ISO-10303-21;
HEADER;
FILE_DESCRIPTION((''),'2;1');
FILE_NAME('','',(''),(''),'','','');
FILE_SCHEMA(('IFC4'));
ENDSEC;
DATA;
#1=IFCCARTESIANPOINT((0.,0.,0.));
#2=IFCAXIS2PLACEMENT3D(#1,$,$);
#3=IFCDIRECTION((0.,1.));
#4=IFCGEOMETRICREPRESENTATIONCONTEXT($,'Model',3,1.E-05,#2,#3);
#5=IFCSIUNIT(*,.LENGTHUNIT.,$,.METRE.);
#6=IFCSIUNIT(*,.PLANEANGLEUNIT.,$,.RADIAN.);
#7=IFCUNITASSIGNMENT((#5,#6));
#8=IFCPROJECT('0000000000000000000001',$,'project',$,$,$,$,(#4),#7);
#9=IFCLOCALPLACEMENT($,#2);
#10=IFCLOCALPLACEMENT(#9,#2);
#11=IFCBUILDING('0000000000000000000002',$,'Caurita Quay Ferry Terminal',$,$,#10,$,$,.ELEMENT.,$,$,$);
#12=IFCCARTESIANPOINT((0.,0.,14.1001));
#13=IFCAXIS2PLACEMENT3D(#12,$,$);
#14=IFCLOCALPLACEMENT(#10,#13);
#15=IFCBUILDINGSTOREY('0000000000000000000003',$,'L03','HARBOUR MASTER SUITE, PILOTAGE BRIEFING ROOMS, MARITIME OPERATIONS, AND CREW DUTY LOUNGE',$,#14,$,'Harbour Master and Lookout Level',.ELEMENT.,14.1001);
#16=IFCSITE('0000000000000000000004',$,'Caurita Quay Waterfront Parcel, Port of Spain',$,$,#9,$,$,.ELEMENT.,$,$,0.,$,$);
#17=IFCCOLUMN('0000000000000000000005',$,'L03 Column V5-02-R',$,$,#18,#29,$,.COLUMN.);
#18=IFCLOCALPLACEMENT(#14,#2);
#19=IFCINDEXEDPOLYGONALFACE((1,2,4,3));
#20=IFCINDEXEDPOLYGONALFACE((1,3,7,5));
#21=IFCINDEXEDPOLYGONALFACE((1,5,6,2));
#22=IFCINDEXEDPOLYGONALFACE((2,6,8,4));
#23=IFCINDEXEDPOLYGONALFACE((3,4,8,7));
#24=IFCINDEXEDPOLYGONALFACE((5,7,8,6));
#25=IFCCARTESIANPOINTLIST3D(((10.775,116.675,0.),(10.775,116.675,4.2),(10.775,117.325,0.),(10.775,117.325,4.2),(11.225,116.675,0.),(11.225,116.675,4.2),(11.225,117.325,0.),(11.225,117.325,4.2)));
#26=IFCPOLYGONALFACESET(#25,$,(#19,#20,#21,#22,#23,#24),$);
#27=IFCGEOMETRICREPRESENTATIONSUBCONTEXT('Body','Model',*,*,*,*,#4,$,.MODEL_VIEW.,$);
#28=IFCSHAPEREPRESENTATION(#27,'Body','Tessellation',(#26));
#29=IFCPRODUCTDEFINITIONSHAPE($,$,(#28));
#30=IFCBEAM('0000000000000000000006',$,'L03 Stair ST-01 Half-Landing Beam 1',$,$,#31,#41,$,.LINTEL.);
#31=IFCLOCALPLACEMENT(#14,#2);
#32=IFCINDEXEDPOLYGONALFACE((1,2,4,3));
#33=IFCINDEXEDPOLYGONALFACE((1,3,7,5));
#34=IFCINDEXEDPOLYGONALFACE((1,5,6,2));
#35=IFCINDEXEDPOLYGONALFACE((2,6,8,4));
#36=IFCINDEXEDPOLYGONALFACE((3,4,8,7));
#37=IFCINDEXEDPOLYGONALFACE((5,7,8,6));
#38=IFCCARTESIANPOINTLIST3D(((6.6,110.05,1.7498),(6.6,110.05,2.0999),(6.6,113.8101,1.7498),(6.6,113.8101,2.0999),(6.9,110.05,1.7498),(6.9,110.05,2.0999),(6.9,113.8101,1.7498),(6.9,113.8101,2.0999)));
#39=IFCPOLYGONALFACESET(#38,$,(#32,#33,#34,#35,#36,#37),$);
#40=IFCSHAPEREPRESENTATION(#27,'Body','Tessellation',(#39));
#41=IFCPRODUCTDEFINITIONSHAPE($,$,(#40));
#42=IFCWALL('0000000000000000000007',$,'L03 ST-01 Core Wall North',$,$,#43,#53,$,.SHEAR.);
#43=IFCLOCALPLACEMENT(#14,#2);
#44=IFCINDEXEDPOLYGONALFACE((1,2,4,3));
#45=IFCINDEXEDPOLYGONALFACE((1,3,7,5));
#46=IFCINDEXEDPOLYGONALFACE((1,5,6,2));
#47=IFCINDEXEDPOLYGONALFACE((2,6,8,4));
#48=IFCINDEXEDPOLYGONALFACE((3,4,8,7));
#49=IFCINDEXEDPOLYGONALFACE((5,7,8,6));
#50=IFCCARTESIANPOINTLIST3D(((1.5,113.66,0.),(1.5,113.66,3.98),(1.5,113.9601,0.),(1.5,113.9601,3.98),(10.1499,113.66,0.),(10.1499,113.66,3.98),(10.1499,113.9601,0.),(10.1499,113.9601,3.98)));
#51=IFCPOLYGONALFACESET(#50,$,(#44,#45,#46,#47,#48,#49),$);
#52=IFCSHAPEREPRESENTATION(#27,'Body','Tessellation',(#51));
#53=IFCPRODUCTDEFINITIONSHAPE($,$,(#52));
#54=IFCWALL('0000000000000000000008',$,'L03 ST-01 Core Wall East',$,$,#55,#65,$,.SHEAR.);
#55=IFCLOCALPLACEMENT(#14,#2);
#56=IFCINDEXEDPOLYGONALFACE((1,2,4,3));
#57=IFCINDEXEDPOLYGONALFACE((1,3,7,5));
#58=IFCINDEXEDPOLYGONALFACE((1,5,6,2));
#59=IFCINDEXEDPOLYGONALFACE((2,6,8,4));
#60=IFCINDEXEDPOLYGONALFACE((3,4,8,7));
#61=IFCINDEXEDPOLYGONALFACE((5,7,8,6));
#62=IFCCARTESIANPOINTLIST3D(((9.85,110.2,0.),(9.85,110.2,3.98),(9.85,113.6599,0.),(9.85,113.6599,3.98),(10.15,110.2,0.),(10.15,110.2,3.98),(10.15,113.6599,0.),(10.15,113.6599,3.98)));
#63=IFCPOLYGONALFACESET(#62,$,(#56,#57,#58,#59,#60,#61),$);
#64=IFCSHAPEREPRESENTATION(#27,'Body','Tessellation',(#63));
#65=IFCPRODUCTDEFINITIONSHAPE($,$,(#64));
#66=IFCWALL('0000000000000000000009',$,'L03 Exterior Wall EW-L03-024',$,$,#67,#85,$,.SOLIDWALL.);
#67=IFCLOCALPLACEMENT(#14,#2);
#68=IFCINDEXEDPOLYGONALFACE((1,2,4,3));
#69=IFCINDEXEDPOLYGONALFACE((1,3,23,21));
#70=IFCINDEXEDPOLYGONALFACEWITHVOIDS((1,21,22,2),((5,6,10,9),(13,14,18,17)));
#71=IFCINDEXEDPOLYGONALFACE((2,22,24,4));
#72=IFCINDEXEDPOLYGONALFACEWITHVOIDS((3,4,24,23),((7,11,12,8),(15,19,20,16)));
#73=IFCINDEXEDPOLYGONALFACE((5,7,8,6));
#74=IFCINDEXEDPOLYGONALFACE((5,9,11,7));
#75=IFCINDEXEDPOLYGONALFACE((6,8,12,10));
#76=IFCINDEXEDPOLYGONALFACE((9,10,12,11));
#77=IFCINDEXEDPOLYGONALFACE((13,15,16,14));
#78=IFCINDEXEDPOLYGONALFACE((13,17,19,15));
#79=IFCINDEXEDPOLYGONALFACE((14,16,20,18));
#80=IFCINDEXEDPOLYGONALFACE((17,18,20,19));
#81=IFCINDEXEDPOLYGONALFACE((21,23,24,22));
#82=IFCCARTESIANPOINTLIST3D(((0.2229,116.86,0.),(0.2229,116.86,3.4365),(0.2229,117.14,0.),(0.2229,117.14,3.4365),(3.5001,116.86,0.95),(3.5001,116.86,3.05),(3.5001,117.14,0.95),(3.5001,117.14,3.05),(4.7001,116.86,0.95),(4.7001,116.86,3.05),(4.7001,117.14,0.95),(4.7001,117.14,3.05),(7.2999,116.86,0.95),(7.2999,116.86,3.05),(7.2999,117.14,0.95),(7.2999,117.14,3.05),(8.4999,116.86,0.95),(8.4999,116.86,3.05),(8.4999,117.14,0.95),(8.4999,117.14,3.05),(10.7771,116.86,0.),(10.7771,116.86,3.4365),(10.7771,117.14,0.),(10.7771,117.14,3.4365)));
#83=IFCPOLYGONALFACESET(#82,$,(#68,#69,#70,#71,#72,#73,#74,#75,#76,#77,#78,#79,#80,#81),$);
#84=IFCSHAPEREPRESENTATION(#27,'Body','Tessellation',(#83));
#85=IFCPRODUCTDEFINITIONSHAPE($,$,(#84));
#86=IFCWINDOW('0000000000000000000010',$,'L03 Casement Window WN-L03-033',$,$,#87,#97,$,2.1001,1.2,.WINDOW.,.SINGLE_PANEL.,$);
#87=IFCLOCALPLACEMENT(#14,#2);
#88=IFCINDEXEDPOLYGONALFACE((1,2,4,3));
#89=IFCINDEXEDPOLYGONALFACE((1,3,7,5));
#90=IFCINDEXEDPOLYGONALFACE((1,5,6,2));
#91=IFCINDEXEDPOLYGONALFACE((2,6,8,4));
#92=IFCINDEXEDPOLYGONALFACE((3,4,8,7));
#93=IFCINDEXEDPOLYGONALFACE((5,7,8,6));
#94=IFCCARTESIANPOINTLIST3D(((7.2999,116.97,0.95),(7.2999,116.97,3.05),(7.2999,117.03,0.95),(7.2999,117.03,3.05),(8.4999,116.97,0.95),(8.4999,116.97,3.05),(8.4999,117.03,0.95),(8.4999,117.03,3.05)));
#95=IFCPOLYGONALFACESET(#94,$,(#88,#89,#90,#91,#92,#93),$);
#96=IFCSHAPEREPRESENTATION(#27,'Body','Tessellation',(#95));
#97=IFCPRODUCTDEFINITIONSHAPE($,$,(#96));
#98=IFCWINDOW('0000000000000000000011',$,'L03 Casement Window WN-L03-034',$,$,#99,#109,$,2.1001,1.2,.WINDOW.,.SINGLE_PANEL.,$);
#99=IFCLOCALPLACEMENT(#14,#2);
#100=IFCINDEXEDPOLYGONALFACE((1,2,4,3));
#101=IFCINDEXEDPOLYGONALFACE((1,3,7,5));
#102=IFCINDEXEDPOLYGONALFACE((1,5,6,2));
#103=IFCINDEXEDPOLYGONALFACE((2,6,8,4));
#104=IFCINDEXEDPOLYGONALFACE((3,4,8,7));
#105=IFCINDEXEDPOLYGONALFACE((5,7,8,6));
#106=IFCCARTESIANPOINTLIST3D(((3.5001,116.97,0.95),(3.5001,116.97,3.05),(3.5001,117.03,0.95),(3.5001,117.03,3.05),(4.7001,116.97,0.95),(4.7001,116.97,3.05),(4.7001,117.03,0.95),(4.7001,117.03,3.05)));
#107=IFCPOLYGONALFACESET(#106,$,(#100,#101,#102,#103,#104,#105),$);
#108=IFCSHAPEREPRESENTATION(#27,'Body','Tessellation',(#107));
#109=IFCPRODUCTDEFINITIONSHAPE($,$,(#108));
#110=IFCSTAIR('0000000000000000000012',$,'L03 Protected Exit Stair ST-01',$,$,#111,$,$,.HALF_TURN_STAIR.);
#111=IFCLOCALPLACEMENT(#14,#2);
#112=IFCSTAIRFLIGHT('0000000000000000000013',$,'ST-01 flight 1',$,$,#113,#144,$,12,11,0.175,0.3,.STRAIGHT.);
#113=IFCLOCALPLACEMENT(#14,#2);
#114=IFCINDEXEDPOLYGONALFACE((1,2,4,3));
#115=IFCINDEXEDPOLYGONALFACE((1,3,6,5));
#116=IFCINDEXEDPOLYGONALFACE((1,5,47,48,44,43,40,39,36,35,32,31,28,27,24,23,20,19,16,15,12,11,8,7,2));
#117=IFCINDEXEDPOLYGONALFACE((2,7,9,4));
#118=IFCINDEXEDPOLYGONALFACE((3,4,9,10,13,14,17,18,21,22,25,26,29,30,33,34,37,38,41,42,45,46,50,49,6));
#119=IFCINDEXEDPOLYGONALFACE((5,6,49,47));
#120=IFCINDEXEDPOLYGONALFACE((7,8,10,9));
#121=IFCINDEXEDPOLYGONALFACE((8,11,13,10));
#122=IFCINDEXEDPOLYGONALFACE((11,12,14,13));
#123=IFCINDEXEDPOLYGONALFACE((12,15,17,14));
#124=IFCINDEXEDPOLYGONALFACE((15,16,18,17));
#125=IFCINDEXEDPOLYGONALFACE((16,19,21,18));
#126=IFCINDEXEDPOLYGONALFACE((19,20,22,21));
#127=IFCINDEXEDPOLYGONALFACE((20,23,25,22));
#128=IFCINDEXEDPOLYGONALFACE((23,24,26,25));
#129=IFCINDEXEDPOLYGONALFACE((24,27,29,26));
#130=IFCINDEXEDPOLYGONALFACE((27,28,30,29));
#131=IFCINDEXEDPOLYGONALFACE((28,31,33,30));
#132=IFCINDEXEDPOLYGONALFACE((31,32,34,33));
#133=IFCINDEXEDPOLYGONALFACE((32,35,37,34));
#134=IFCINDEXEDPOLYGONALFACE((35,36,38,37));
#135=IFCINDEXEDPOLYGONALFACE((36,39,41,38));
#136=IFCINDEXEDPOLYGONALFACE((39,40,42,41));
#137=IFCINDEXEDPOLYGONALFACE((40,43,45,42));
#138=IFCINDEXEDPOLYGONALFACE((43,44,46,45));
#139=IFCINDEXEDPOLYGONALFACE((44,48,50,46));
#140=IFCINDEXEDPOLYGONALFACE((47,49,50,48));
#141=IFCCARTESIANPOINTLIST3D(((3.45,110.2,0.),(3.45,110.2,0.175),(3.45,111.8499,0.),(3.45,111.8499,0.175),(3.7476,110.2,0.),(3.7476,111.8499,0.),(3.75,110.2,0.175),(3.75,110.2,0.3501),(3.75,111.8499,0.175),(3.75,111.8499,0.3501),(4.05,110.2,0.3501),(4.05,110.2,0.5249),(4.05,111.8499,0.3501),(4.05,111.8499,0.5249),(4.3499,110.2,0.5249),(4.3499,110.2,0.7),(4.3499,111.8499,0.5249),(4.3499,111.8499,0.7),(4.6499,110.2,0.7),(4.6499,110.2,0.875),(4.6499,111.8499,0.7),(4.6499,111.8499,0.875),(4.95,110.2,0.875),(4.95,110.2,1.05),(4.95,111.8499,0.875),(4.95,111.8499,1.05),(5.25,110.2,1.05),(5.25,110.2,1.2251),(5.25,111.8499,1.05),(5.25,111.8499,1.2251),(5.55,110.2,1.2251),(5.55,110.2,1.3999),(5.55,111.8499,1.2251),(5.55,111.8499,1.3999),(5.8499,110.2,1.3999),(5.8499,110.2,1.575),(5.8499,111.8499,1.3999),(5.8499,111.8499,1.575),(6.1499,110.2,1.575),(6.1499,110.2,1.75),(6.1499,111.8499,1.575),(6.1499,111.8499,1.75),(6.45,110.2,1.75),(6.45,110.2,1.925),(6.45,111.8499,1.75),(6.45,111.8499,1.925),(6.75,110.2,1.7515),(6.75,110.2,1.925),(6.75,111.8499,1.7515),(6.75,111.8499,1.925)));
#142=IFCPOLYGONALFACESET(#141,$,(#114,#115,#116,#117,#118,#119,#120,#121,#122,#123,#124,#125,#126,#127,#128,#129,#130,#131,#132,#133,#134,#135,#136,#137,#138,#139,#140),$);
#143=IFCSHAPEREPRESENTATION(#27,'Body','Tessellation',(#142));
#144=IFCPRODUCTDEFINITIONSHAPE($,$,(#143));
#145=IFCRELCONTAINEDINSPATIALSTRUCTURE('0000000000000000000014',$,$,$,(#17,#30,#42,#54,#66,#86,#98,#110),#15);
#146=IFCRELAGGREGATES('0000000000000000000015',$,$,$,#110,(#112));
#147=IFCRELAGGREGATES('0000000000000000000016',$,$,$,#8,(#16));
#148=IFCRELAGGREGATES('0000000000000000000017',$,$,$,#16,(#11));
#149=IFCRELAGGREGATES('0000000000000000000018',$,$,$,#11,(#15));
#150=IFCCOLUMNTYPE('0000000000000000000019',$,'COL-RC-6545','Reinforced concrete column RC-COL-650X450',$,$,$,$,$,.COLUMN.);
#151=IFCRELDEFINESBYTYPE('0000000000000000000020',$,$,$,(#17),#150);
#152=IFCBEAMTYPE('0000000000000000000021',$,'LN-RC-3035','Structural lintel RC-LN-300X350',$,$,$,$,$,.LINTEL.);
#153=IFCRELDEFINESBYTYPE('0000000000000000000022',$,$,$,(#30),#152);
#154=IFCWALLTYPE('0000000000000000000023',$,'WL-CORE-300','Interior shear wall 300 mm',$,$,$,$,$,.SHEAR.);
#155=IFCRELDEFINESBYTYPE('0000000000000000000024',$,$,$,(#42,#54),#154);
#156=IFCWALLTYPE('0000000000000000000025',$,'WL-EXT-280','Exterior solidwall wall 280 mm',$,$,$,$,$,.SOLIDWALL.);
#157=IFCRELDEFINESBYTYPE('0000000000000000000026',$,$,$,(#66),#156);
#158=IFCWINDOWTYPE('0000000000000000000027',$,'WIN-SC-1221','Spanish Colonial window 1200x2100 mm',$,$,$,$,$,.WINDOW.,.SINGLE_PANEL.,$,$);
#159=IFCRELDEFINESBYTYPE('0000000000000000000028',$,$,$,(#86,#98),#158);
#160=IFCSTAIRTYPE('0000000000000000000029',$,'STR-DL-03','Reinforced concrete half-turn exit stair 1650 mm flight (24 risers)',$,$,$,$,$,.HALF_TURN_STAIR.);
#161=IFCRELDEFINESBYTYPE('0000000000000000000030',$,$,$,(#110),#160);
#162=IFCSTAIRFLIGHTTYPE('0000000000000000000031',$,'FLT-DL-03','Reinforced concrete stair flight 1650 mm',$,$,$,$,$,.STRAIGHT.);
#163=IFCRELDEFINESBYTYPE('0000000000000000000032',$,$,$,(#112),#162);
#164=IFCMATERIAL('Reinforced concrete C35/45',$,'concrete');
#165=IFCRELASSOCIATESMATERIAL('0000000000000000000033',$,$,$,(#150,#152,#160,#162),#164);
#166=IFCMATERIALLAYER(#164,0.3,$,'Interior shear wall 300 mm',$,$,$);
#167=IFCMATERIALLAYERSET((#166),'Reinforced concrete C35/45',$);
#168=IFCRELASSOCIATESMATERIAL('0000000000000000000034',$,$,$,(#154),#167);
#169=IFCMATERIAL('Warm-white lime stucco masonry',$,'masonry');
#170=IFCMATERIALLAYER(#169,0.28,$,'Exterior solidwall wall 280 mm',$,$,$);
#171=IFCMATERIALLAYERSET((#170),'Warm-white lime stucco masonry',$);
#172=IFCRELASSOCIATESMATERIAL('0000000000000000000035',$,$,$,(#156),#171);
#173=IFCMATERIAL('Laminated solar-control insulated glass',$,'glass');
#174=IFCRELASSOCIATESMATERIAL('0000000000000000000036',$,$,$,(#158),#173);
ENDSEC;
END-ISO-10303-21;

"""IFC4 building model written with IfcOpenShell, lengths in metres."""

from ifc_helpers import new_model, si_unit, direction, frame, frame_2d, origin, origin_2d, place, context, subcontext, project, spatial, polyline, rectangle, outline, extrude, material, layer, layer_set, material_profile, profile_set, type_object, element, fill, aggregate, save


model = new_model("IFC4")

# Units and contexts
model_context = context("Model", 3, precision=1e-05, world=origin(), true_north=direction((0.0, 1.0)))
body_context = subcontext(model_context, "Body", "Model", "MODEL_VIEW")
ifc_project = project(units=[si_unit("LENGTHUNIT", "METRE"), si_unit("PLANEANGLEUNIT", "RADIAN")], contexts=[model_context])

# Site, building, storey
site_placement = place(None, origin())
site = spatial("IfcSite", under=ifc_project, at=site_placement, Name="Caurita Quay Waterfront Parcel, Port of Spain", CompositionType="ELEMENT", RefElevation=0.0)
building_placement = place(site_placement, origin())
building = spatial("IfcBuilding", under=site, at=building_placement, Name="Caurita Quay Ferry Terminal", CompositionType="ELEMENT")
storey_placement = place(building_placement, frame((0.0, 0.0, 14.1001)))
storey = spatial("IfcBuildingStorey", under=building, at=storey_placement, Name="L03", Description="HARBOUR MASTER SUITE, PILOTAGE BRIEFING ROOMS, MARITIME OPERATIONS, AND CREW DUTY LOUNGE", LongName="Harbour Master and Lookout Level", CompositionType="ELEMENT", Elevation=14.1001)

# Column
ifc_material_1 = material(Name="Reinforced concrete C35/45", Category="concrete")
ifc_material_profile_1 = material_profile(ifc_material_1, rectangle(XDim=0.45, YDim=0.6499, at=origin_2d()), Name="RC-COL-650X450")
ifc_profile_set_1 = profile_set([ifc_material_profile_1], Name="Reinforced concrete C35/45")
column_type = type_object("IfcColumnType", Name="COL-RC-6545", Description="Reinforced concrete column RC-COL-650X450", PredefinedType="COLUMN", material=ifc_profile_set_1)
column_placement = place(storey_placement, frame((11.0, 117.0, 0.0), z_axis=(0.0, 0.0, 1.0), x_axis=(1.0, 0.0, 0.0)))
element("IfcColumn", 1, at=column_placement, inside=storey, type_object=column_type, Name="L03 Column V5-02-R", PredefinedType="COLUMN", context=body_context, shape_type="SweptSolid", body=[
    extrude(rectangle(XDim=0.45, YDim=0.6499, at=origin_2d()), origin(), (0.0, 0.0, 1.0), 4.2),
])

# Beam
ifc_material_profile_2 = material_profile(ifc_material_1, rectangle(XDim=0.3, YDim=0.3501, at=origin_2d()), Name="RC-LN-300X350")
ifc_profile_set_2 = profile_set([ifc_material_profile_2], Name="Reinforced concrete C35/45")
beam_type = type_object("IfcBeamType", Name="LN-RC-3035", Description="Structural lintel RC-LN-300X350", PredefinedType="LINTEL", material=ifc_profile_set_2)
beam_placement = place(storey_placement, frame((6.75, 110.05, 1.9248), z_axis=(0.0, 1.0, 0.0), x_axis=(-1.0, 0.0, 0.0)))
element("IfcBeam", 2, at=beam_placement, inside=storey, type_object=beam_type, Name="L03 Stair ST-01 Half-Landing Beam 1", PredefinedType="LINTEL", context=body_context, shape_type="SweptSolid", body=[
    extrude(rectangle(XDim=0.3, YDim=0.3501, at=origin_2d()), origin(), (0.0, 0.0, 1.0), 3.76),
])

# Walls
ifc_layer_1 = layer(ifc_material_1, 0.3, Name="Interior shear wall 300 mm")
ifc_layer_set_1 = layer_set([ifc_layer_1], Name="Reinforced concrete C35/45")
wall_type_1 = type_object("IfcWallType", Name="WL-CORE-300", Description="Interior shear wall 300 mm", PredefinedType="SHEAR", material=ifc_layer_set_1)
wall_1_placement = place(storey_placement, frame((10.1499, 113.8101, 0.0), z_axis=(0.0, 0.0, 1.0), x_axis=(-1.0, 0.0, 0.0)))
element("IfcWall", 3, at=wall_1_placement, inside=storey, type_object=wall_type_1, Name="L03 ST-01 Core Wall North", PredefinedType="SHEAR", context=body_context, shape_type="SweptSolid", body=[
    extrude(rectangle(XDim=8.6499, YDim=0.3, at=frame_2d((4.325, 0.0))), origin(), (0.0, 0.0, 1.0), 3.98),
])
wall_2_placement = place(storey_placement, frame((10.0, 110.2, 0.0), z_axis=(0.0, 0.0, 1.0), x_axis=(0.0, 1.0, 0.0)))
element("IfcWall", 4, at=wall_2_placement, inside=storey, type_object=wall_type_1, Name="L03 ST-01 Core Wall East", PredefinedType="SHEAR", context=body_context, shape_type="SweptSolid", body=[
    extrude(rectangle(XDim=3.46, YDim=0.3, at=frame_2d((1.73, 0.0))), origin(), (0.0, 0.0, 1.0), 3.98),
])

# Wall, openings, windows
ifc_material_2 = material(Name="Warm-white lime stucco masonry", Category="masonry")
ifc_layer_2 = layer(ifc_material_2, 0.28, Name="Exterior solidwall wall 280 mm")
ifc_layer_set_2 = layer_set([ifc_layer_2], Name="Warm-white lime stucco masonry")
wall_type_2 = type_object("IfcWallType", Name="WL-EXT-280", Description="Exterior solidwall wall 280 mm", PredefinedType="SOLIDWALL", material=ifc_layer_set_2)
wall_3_placement = place(storey_placement, frame((10.7771, 117.0, 0.0), z_axis=(0.0, 0.0, 1.0), x_axis=(-1.0, 0.0, 0.0)))
wall_3 = element("IfcWall", 5, at=wall_3_placement, inside=storey, type_object=wall_type_2, Name="L03 Exterior Wall EW-L03-024", PredefinedType="SOLIDWALL", context=body_context, shape_type="SweptSolid", body=[
    extrude(rectangle(XDim=10.5542, YDim=0.28, at=frame_2d((5.2771, 0.0))), origin(), (0.0, 0.0, 1.0), 3.4365),
])
opening_1_placement = place(wall_3_placement, frame((2.2771, 0.0, 0.95)))
opening_1 = element("IfcOpeningElement", 6, at=opening_1_placement, cuts=wall_3, PredefinedType="OPENING", context=body_context, shape_type="SweptSolid", body=[
    extrude(rectangle(XDim=1.2, YDim=2.1001, at=frame_2d((0.6001, 1.05))), frame((0.0, 0.1499, 0.0), z_axis=(0.0, -1.0, 0.0), x_axis=(1.0, 0.0, 0.0)), (0.0, 0.0, 1.0), 0.3),
])
opening_2_placement = place(wall_3_placement, frame((6.0769, 0.0, 0.95)))
opening_2 = element("IfcOpeningElement", 7, at=opening_2_placement, cuts=wall_3, PredefinedType="OPENING", context=body_context, shape_type="SweptSolid", body=[
    extrude(rectangle(XDim=1.2, YDim=2.1001, at=frame_2d((0.6001, 1.05))), frame((0.0, 0.1499, 0.0), z_axis=(0.0, -1.0, 0.0), x_axis=(1.0, 0.0, 0.0)), (0.0, 0.0, 1.0), 0.3),
])
ifc_material_3 = material(Name="Laminated solar-control insulated glass", Category="glass")
window_type = type_object("IfcWindowType", Name="WIN-SC-1221", Description="Spanish Colonial window 1200x2100 mm", PartitioningType="SINGLE_PANEL", PredefinedType="WINDOW", material=ifc_material_3)
window_1_placement = place(opening_1_placement, origin())
window_1 = element("IfcWindow", 8, at=window_1_placement, inside=storey, type_object=window_type, Name="L03 Casement Window WN-L03-033", OverallHeight=2.1001, OverallWidth=1.2, PartitioningType="SINGLE_PANEL", PredefinedType="WINDOW", context=body_context, shape_type="SweptSolid", body=[
    extrude(rectangle(XDim=1.2, YDim=2.1001, at=frame_2d((0.6001, 1.05))), frame((0.0, 0.03, 0.0), z_axis=(0.0, -1.0, 0.0), x_axis=(1.0, 0.0, 0.0)), (0.0, 0.0, 1.0), 0.0601),
])
fill(opening_1, window_1)
window_2_placement = place(opening_2_placement, origin())
window_2 = element("IfcWindow", 9, at=window_2_placement, inside=storey, type_object=window_type, Name="L03 Casement Window WN-L03-034", OverallHeight=2.1001, OverallWidth=1.2, PartitioningType="SINGLE_PANEL", PredefinedType="WINDOW", context=body_context, shape_type="SweptSolid", body=[
    extrude(rectangle(XDim=1.2, YDim=2.1001, at=frame_2d((0.6001, 1.05))), frame((0.0, 0.03, 0.0), z_axis=(0.0, -1.0, 0.0), x_axis=(1.0, 0.0, 0.0)), (0.0, 0.0, 1.0), 0.0601),
])
fill(opening_2, window_2)

# Stair, stair flight
stair_type = type_object("IfcStairType", Name="STR-DL-03", Description="Reinforced concrete half-turn exit stair 1650 mm flight (24 risers)", PredefinedType="HALF_TURN_STAIR", material=ifc_material_1)
stair_placement = place(storey_placement, origin())
stair = element("IfcStair", 10, at=stair_placement, inside=storey, type_object=stair_type, Name="L03 Protected Exit Stair ST-01", PredefinedType="HALF_TURN_STAIR")
stair_flight_type = type_object("IfcStairFlightType", Name="FLT-DL-03", Description="Reinforced concrete stair flight 1650 mm", PredefinedType="STRAIGHT", material=ifc_material_1)
stair_flight_1_placement = place(storey_placement, frame((3.45, 111.0249, 0.0), z_axis=(0.0, 0.0, 1.0), x_axis=(1.0, 0.0, 0.0)))
stair_flight_1 = element("IfcStairFlight", 11, at=stair_flight_1_placement, type_object=stair_flight_type, Name="ST-01 flight 1", NumberOfRisers=12, NumberOfTreads=11, PredefinedType="STRAIGHT", RiserHeight=0.175, TreadLength=0.3, context=body_context, shape_type="SweptSolid", body=[
    extrude(outline(polyline([(0.0, 0.0), (0.0, 0.175), (0.3, 0.175), (0.3, 0.3501), (0.6001, 0.3501), (0.6001, 0.5249), (0.8999, 0.5249), (0.8999, 0.7), (1.2, 0.7), (1.2, 0.875), (1.5, 0.875), (1.5, 1.05), (1.8, 1.05), (1.8, 1.2251), (2.1001, 1.2251), (2.1001, 1.3999), (2.3999, 1.3999), (2.3999, 1.575), (2.7, 1.575), (2.7, 1.75), (3.0, 1.75), (3.0, 1.925), (3.3, 1.925), (3.3, 2.1001), (3.3, 1.7515), (0.2976, 0.0), (0.0, 0.0)])), frame((0.0, 0.825, 0.0), z_axis=(0.0, -1.0, 0.0), x_axis=(1.0, 0.0, 0.0)), (0.0, 0.0, 1.0), 1.6499),
])
aggregate(stair, [stair_flight_1])

save(model, "model.ifc")
